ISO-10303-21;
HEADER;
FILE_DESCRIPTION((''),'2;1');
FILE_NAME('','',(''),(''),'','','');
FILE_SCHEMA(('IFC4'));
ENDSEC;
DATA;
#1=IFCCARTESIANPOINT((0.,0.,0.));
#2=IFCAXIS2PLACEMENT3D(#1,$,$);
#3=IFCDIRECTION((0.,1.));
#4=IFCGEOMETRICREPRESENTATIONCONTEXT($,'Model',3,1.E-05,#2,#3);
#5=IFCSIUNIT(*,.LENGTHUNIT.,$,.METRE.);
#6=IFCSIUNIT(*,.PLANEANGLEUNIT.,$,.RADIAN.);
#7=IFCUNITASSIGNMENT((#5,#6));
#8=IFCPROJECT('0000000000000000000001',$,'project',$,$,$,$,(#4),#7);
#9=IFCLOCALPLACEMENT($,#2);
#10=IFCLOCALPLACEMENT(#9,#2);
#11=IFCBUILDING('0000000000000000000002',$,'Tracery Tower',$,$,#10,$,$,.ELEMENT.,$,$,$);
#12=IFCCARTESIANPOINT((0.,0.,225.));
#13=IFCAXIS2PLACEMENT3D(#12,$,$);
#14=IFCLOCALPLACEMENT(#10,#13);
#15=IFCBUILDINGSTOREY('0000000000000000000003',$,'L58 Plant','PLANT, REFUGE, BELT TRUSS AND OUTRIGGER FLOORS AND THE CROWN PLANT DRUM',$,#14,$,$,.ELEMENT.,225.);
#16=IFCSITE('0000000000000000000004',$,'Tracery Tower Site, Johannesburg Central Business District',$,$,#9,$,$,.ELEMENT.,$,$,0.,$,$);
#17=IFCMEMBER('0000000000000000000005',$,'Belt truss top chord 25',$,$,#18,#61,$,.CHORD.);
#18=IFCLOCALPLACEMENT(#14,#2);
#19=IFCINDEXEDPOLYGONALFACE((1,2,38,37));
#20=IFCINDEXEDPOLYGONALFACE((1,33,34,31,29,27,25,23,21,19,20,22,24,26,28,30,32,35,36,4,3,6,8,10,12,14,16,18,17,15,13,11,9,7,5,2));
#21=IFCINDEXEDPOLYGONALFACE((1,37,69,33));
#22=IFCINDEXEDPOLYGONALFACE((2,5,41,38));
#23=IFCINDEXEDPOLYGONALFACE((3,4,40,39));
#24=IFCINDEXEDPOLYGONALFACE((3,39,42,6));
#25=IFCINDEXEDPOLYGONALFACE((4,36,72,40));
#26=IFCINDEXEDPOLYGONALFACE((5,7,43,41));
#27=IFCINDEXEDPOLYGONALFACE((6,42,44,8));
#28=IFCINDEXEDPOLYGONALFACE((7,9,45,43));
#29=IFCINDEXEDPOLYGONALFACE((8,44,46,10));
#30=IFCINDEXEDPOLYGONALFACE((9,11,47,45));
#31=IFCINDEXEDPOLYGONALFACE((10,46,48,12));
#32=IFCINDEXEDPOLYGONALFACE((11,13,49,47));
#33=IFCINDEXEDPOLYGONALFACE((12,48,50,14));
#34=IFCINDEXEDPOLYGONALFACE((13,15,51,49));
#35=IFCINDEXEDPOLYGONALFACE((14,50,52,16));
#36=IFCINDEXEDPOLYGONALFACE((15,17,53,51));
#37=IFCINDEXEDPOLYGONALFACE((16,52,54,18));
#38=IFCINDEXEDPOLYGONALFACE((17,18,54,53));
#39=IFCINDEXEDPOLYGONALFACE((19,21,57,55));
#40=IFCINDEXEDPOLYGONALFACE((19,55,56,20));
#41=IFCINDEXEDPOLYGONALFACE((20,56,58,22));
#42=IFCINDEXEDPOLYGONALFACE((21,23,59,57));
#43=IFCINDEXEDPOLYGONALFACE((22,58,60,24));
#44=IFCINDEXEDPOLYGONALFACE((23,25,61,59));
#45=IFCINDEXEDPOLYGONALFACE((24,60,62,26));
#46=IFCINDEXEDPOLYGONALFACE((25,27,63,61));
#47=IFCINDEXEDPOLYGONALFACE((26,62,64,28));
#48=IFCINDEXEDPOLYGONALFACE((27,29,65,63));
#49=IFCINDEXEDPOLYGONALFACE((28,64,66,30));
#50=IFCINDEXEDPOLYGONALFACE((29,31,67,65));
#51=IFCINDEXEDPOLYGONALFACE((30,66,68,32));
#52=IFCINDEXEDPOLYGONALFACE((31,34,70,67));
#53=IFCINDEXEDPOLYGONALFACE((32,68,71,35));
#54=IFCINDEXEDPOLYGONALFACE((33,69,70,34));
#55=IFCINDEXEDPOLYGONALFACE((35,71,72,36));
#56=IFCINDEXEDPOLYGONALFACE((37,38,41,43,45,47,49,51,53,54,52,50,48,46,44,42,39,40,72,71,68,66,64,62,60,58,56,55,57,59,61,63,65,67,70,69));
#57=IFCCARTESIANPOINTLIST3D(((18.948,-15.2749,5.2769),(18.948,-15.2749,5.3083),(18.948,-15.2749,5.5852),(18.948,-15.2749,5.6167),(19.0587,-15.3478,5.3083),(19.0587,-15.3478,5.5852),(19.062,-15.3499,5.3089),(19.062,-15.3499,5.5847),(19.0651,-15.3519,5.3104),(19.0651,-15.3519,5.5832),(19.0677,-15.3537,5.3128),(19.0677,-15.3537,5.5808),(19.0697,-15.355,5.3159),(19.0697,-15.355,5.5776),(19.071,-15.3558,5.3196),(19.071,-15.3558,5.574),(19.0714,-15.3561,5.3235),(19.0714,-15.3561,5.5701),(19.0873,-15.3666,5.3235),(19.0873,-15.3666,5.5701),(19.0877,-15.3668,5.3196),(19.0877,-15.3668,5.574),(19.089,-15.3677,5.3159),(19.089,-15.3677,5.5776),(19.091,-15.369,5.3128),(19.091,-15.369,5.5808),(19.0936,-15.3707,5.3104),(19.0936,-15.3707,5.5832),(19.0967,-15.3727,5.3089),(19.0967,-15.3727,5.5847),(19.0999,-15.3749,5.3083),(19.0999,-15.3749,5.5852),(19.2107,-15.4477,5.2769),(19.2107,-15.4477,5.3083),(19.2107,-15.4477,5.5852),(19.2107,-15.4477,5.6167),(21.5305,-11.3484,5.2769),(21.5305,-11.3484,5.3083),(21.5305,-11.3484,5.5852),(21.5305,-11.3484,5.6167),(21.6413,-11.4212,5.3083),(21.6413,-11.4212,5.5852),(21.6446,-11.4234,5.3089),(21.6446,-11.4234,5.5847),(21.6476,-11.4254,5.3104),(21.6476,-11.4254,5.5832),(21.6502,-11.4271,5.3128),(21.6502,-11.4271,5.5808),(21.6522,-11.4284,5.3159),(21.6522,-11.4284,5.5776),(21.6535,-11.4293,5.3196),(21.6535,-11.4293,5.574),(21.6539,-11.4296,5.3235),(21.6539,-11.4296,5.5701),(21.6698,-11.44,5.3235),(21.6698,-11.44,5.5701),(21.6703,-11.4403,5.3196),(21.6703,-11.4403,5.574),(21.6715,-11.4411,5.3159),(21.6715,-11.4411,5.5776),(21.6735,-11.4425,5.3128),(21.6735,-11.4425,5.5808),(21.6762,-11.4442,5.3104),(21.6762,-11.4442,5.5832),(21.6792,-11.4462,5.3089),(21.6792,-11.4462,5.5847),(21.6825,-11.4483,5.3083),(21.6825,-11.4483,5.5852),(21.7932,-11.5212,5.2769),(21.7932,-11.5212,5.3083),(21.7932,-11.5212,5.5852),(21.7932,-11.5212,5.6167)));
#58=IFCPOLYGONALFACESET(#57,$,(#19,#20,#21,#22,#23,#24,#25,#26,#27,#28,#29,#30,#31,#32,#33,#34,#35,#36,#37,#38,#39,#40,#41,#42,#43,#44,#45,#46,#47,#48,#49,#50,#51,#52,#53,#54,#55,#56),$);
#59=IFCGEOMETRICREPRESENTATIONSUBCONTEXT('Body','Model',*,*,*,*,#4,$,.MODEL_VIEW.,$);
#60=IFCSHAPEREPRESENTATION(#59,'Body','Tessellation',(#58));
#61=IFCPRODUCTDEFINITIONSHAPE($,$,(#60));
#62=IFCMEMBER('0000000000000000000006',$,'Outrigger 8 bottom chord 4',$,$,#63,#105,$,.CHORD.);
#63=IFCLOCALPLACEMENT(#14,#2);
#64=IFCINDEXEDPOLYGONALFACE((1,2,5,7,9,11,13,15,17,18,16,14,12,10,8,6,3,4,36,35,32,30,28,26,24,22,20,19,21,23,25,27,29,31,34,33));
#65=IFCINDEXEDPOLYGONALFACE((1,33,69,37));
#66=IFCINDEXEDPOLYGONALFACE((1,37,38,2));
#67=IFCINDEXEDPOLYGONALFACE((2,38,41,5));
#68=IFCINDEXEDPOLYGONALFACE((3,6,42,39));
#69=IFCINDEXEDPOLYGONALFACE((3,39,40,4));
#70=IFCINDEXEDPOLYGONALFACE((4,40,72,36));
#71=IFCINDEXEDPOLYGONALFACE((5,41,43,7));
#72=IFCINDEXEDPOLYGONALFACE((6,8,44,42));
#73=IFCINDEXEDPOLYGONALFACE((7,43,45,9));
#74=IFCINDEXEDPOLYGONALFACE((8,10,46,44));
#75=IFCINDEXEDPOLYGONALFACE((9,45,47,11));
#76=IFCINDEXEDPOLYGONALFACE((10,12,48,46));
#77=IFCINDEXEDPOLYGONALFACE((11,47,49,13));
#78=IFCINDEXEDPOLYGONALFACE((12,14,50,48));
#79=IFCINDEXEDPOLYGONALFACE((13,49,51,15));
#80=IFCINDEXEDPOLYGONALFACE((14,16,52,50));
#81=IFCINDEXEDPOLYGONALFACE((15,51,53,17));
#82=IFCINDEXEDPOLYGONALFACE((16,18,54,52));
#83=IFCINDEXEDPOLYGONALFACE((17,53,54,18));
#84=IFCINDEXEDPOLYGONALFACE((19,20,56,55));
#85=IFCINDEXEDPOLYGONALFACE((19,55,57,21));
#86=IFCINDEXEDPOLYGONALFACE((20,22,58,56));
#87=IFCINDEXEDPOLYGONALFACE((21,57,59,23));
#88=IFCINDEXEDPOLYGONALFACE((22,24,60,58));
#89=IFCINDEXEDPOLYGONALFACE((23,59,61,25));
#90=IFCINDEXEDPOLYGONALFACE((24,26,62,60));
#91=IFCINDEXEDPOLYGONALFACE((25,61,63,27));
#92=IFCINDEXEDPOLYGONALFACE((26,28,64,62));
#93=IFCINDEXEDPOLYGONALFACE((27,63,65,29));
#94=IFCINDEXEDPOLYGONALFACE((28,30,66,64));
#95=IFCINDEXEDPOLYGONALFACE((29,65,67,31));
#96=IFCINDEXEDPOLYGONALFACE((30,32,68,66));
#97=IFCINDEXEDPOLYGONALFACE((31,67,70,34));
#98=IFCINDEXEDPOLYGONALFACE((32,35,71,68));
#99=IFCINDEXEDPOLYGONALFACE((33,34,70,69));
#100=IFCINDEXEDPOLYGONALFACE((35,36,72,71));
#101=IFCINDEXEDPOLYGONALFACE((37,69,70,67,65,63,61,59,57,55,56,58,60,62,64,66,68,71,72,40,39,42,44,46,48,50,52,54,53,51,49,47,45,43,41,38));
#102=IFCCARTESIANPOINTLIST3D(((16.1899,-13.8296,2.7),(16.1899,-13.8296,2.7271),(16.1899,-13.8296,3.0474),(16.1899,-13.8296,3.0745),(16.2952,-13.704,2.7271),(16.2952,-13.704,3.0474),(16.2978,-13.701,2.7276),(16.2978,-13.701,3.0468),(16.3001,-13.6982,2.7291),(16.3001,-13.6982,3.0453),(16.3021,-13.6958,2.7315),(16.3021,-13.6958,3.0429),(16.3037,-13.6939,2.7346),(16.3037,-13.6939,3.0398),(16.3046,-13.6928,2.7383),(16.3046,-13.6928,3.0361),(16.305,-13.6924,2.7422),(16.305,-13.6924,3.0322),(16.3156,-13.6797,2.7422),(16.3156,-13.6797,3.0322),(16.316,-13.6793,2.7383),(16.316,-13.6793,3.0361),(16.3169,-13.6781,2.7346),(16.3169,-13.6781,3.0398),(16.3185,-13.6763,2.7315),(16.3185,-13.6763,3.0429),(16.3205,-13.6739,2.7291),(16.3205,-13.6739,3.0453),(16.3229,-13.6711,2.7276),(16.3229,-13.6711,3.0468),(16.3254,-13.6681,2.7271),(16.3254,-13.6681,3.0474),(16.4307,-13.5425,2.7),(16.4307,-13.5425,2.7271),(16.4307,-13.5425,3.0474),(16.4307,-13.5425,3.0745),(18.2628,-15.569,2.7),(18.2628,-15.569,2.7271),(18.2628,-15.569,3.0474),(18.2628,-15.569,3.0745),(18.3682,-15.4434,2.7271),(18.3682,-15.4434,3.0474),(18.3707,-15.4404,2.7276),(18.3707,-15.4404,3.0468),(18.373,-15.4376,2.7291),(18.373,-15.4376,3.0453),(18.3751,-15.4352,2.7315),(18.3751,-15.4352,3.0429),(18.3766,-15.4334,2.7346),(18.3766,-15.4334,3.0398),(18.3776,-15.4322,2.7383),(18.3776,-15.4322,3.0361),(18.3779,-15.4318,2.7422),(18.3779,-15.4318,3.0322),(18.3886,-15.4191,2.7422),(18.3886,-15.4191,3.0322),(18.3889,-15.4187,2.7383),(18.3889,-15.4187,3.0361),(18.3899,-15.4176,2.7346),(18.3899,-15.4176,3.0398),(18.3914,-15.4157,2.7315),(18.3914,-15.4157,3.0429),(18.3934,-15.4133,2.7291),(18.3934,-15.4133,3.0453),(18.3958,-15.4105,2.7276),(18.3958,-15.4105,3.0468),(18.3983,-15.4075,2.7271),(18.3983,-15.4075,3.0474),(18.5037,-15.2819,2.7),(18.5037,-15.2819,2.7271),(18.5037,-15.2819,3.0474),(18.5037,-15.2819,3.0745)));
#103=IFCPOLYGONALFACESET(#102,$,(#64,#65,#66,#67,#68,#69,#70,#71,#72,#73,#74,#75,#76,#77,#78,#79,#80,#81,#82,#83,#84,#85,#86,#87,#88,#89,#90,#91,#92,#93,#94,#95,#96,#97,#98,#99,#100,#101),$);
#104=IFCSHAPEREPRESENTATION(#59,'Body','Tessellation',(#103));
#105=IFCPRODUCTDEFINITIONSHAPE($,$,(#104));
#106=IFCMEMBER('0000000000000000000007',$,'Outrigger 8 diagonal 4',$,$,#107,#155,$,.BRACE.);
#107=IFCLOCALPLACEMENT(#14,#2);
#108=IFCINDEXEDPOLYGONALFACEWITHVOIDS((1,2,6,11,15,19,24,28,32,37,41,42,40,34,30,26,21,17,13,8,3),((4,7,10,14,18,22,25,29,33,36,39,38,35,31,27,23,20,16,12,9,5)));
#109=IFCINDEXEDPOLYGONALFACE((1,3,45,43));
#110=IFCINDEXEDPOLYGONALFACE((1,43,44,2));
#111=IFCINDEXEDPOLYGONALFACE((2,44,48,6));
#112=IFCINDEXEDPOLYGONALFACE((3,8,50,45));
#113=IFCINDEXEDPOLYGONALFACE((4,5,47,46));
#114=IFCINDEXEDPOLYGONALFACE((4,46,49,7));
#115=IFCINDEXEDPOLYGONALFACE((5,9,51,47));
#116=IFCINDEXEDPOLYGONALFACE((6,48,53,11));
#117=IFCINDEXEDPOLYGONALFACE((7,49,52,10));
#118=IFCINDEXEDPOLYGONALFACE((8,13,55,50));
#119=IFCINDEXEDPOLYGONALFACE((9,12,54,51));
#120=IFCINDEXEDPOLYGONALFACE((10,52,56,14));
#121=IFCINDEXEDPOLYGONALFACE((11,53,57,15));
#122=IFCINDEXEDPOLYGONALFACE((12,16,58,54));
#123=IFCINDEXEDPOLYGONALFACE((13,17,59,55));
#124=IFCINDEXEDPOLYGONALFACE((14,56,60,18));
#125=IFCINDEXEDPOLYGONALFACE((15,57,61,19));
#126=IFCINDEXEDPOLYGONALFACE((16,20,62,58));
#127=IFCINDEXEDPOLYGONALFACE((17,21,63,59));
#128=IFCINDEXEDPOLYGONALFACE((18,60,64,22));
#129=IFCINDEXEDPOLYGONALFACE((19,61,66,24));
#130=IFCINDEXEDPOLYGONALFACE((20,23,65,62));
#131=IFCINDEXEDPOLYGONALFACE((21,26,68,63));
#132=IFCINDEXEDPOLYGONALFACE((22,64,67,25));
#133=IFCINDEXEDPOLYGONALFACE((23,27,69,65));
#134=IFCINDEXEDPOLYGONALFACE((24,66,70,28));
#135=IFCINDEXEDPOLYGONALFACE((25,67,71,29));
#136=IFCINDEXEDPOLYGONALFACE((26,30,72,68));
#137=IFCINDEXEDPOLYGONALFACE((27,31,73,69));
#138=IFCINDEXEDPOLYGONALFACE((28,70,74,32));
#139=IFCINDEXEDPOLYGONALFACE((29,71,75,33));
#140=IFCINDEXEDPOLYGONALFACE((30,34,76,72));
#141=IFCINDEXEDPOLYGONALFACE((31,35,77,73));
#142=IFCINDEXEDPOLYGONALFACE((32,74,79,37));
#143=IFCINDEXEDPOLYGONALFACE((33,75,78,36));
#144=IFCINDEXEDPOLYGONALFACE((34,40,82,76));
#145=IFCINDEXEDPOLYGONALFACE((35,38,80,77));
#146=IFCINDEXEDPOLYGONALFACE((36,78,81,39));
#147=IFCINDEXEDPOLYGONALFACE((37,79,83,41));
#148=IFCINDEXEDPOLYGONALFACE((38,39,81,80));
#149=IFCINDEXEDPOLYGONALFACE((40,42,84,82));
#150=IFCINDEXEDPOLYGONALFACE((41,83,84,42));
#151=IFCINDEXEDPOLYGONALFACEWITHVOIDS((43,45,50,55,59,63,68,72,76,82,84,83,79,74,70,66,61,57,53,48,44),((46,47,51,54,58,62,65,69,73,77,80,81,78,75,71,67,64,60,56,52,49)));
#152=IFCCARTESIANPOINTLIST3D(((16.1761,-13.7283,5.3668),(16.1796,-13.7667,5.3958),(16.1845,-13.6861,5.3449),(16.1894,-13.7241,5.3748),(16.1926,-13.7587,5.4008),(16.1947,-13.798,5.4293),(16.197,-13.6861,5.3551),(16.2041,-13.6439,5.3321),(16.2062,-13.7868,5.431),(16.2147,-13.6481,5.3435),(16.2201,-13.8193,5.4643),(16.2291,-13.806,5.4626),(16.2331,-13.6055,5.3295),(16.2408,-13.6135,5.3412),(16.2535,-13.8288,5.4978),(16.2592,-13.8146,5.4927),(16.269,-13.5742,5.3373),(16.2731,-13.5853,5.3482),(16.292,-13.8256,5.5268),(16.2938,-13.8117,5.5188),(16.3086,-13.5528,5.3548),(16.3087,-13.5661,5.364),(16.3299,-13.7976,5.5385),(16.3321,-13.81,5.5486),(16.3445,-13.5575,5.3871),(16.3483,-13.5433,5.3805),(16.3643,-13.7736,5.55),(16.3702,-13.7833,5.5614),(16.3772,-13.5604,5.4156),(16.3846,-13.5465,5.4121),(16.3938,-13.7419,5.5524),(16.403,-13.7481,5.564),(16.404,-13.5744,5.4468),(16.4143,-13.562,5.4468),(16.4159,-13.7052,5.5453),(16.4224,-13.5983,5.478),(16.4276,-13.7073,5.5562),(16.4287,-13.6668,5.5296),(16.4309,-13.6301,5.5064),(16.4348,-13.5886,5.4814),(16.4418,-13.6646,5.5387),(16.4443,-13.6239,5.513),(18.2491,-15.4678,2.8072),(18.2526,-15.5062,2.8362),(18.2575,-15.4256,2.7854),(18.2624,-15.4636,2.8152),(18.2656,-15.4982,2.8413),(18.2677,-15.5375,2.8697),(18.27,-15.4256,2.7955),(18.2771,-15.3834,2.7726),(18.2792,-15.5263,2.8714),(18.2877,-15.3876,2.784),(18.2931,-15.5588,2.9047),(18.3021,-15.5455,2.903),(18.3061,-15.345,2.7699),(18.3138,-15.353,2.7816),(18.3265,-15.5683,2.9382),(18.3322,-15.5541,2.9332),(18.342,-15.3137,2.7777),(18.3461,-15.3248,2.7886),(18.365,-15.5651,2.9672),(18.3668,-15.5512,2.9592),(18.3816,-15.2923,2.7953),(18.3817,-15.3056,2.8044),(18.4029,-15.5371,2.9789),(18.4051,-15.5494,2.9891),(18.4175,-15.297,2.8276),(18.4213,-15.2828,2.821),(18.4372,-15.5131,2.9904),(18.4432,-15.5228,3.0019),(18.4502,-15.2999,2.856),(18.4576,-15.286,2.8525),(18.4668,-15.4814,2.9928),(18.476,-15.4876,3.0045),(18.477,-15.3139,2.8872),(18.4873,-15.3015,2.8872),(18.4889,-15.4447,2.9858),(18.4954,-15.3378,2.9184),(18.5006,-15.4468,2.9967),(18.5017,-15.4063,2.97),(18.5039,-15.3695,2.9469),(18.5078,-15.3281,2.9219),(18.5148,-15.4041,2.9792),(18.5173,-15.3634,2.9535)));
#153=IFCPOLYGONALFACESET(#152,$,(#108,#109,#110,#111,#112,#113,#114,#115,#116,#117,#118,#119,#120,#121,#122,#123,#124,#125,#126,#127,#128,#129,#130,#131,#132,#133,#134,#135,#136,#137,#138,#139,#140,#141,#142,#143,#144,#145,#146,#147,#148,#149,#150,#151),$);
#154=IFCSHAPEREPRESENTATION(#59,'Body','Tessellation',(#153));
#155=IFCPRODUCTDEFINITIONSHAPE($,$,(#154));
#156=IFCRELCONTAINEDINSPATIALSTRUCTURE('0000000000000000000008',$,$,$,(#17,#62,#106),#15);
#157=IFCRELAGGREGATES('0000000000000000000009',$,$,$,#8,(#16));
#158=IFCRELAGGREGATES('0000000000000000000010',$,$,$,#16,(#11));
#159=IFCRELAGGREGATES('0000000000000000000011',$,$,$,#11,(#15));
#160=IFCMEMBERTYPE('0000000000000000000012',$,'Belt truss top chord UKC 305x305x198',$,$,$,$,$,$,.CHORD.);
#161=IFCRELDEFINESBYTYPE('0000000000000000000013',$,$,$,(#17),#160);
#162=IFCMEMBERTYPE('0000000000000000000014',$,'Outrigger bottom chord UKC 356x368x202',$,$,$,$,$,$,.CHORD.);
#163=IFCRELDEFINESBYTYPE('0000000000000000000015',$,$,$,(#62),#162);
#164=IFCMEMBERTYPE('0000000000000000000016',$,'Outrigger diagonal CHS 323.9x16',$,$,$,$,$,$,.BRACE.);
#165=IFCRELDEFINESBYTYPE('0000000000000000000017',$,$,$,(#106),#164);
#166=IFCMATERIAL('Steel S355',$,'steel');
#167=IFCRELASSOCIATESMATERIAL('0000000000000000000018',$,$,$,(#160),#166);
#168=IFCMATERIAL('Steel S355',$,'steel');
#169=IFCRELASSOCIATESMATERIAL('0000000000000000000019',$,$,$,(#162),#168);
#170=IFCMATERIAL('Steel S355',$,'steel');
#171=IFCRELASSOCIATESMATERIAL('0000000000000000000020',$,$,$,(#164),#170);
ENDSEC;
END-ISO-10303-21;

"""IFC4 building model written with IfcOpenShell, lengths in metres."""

from ifc_helpers import new_model, si_unit, direction, frame, origin, origin_2d, place, context, subcontext, project, spatial, hollow_circle, i_section, extrude, material, material_profile, profile_set, type_object, element, save


model = new_model("IFC4")

# Units and contexts
model_context = context("Model", 3, precision=1e-05, world=origin(), true_north=direction((0.0, 1.0)))
body_context = subcontext(model_context, "Body", "Model", "MODEL_VIEW")
ifc_project = project(units=[si_unit("LENGTHUNIT", "METRE"), si_unit("PLANEANGLEUNIT", "RADIAN")], contexts=[model_context])

# Site, building, storey
site_placement = place(None, origin())
site = spatial("IfcSite", under=ifc_project, at=site_placement, Name="Tracery Tower Site, Johannesburg Central Business District", CompositionType="ELEMENT", RefElevation=0.0)
building_placement = place(site_placement, origin())
building = spatial("IfcBuilding", under=site, at=building_placement, Name="Tracery Tower", CompositionType="ELEMENT")
storey_placement = place(building_placement, frame((0.0, 0.0, 225.0)))
storey = spatial("IfcBuildingStorey", under=building, at=storey_placement, Name="L58 Plant", Description="PLANT, REFUGE, BELT TRUSS AND OUTRIGGER FLOORS AND THE CROWN PLANT DRUM", CompositionType="ELEMENT", Elevation=225.0)

# Members
ifc_material_1 = material(Name="Steel S355", Category="steel")
ifc_material_profile_1 = material_profile(ifc_material_1, i_section(OverallWidth=0.3145, OverallDepth=0.3398, WebThickness=0.019, FlangeThickness=0.0315, FilletRadius=0.0151, at=origin_2d()), Name="UKC 305x305x198")
ifc_profile_set_1 = profile_set([ifc_material_profile_1], Name="Steel S355")
member_type_1 = type_object("IfcMemberType", Name="Belt truss top chord UKC 305x305x198", PredefinedType="CHORD", material=ifc_profile_set_1)
member_1_placement = place(storey_placement, frame((19.0793, -15.3613, 5.4468), z_axis=(0.549511, 0.835487, 0.0), x_axis=(-0.835487, 0.549511, 0.0)))
element("IfcMember", 1, at=member_1_placement, inside=storey, type_object=member_type_1, Name="Belt truss top chord 25", PredefinedType="CHORD", context=body_context, shape_type="SweptSolid", body=[
    extrude(i_section(OverallWidth=0.3145, OverallDepth=0.3398, WebThickness=0.019, FlangeThickness=0.0315, FilletRadius=0.0151, at=origin_2d()), origin(), (0.0, 0.0, 1.0), 4.6997),
])
ifc_material_2 = material(Name="Steel S355", Category="steel")
ifc_material_profile_2 = material_profile(ifc_material_2, i_section(OverallWidth=0.3748, OverallDepth=0.3745, WebThickness=0.0166, FlangeThickness=0.0271, FilletRadius=0.0151, at=origin_2d()), Name="UKC 356x368x202")
ifc_profile_set_2 = profile_set([ifc_material_profile_2], Name="Steel S355")
member_type_2 = type_object("IfcMemberType", Name="Outrigger bottom chord UKC 356x368x202", PredefinedType="CHORD", material=ifc_profile_set_2)
member_2_placement = place(storey_placement, frame((16.3103, -13.686, 2.8872), z_axis=(0.766035, -0.642798, 0.0), x_axis=(0.642798, 0.766035, 0.0)))
element("IfcMember", 2, at=member_2_placement, inside=storey, type_object=member_type_2, Name="Outrigger 8 bottom chord 4", PredefinedType="CHORD", context=body_context, shape_type="SweptSolid", body=[
    extrude(i_section(OverallWidth=0.3748, OverallDepth=0.3745, WebThickness=0.0166, FlangeThickness=0.0271, FilletRadius=0.0151, at=origin_2d()), origin(), (0.0, 0.0, 1.0), 2.7061),
])
ifc_material_3 = material(Name="Steel S355", Category="steel")
ifc_material_profile_3 = material_profile(ifc_material_3, hollow_circle(Radius=0.1619, WallThickness=0.0161, at=origin_2d()), Name="CHS 323.9x16")
ifc_profile_set_3 = profile_set([ifc_material_profile_3], Name="Steel S355")
member_type_3 = type_object("IfcMemberType", Name="Outrigger diagonal CHS 323.9x16", PredefinedType="BRACE", material=ifc_profile_set_3)
member_3_placement = place(storey_placement, frame((16.3103, -13.686, 5.4468), z_axis=(0.55653, -0.466998, -0.687159), x_axis=(0.642798, 0.766035, 0.0)))
element("IfcMember", 3, at=member_3_placement, inside=storey, type_object=member_type_3, Name="Outrigger 8 diagonal 4", PredefinedType="BRACE", context=body_context, shape_type="SweptSolid", body=[
    extrude(hollow_circle(Radius=0.1619, WallThickness=0.0161, at=origin_2d()), origin(), (0.0, 0.0, 1.0), 3.7249),
])

save(model, "model.ifc")
